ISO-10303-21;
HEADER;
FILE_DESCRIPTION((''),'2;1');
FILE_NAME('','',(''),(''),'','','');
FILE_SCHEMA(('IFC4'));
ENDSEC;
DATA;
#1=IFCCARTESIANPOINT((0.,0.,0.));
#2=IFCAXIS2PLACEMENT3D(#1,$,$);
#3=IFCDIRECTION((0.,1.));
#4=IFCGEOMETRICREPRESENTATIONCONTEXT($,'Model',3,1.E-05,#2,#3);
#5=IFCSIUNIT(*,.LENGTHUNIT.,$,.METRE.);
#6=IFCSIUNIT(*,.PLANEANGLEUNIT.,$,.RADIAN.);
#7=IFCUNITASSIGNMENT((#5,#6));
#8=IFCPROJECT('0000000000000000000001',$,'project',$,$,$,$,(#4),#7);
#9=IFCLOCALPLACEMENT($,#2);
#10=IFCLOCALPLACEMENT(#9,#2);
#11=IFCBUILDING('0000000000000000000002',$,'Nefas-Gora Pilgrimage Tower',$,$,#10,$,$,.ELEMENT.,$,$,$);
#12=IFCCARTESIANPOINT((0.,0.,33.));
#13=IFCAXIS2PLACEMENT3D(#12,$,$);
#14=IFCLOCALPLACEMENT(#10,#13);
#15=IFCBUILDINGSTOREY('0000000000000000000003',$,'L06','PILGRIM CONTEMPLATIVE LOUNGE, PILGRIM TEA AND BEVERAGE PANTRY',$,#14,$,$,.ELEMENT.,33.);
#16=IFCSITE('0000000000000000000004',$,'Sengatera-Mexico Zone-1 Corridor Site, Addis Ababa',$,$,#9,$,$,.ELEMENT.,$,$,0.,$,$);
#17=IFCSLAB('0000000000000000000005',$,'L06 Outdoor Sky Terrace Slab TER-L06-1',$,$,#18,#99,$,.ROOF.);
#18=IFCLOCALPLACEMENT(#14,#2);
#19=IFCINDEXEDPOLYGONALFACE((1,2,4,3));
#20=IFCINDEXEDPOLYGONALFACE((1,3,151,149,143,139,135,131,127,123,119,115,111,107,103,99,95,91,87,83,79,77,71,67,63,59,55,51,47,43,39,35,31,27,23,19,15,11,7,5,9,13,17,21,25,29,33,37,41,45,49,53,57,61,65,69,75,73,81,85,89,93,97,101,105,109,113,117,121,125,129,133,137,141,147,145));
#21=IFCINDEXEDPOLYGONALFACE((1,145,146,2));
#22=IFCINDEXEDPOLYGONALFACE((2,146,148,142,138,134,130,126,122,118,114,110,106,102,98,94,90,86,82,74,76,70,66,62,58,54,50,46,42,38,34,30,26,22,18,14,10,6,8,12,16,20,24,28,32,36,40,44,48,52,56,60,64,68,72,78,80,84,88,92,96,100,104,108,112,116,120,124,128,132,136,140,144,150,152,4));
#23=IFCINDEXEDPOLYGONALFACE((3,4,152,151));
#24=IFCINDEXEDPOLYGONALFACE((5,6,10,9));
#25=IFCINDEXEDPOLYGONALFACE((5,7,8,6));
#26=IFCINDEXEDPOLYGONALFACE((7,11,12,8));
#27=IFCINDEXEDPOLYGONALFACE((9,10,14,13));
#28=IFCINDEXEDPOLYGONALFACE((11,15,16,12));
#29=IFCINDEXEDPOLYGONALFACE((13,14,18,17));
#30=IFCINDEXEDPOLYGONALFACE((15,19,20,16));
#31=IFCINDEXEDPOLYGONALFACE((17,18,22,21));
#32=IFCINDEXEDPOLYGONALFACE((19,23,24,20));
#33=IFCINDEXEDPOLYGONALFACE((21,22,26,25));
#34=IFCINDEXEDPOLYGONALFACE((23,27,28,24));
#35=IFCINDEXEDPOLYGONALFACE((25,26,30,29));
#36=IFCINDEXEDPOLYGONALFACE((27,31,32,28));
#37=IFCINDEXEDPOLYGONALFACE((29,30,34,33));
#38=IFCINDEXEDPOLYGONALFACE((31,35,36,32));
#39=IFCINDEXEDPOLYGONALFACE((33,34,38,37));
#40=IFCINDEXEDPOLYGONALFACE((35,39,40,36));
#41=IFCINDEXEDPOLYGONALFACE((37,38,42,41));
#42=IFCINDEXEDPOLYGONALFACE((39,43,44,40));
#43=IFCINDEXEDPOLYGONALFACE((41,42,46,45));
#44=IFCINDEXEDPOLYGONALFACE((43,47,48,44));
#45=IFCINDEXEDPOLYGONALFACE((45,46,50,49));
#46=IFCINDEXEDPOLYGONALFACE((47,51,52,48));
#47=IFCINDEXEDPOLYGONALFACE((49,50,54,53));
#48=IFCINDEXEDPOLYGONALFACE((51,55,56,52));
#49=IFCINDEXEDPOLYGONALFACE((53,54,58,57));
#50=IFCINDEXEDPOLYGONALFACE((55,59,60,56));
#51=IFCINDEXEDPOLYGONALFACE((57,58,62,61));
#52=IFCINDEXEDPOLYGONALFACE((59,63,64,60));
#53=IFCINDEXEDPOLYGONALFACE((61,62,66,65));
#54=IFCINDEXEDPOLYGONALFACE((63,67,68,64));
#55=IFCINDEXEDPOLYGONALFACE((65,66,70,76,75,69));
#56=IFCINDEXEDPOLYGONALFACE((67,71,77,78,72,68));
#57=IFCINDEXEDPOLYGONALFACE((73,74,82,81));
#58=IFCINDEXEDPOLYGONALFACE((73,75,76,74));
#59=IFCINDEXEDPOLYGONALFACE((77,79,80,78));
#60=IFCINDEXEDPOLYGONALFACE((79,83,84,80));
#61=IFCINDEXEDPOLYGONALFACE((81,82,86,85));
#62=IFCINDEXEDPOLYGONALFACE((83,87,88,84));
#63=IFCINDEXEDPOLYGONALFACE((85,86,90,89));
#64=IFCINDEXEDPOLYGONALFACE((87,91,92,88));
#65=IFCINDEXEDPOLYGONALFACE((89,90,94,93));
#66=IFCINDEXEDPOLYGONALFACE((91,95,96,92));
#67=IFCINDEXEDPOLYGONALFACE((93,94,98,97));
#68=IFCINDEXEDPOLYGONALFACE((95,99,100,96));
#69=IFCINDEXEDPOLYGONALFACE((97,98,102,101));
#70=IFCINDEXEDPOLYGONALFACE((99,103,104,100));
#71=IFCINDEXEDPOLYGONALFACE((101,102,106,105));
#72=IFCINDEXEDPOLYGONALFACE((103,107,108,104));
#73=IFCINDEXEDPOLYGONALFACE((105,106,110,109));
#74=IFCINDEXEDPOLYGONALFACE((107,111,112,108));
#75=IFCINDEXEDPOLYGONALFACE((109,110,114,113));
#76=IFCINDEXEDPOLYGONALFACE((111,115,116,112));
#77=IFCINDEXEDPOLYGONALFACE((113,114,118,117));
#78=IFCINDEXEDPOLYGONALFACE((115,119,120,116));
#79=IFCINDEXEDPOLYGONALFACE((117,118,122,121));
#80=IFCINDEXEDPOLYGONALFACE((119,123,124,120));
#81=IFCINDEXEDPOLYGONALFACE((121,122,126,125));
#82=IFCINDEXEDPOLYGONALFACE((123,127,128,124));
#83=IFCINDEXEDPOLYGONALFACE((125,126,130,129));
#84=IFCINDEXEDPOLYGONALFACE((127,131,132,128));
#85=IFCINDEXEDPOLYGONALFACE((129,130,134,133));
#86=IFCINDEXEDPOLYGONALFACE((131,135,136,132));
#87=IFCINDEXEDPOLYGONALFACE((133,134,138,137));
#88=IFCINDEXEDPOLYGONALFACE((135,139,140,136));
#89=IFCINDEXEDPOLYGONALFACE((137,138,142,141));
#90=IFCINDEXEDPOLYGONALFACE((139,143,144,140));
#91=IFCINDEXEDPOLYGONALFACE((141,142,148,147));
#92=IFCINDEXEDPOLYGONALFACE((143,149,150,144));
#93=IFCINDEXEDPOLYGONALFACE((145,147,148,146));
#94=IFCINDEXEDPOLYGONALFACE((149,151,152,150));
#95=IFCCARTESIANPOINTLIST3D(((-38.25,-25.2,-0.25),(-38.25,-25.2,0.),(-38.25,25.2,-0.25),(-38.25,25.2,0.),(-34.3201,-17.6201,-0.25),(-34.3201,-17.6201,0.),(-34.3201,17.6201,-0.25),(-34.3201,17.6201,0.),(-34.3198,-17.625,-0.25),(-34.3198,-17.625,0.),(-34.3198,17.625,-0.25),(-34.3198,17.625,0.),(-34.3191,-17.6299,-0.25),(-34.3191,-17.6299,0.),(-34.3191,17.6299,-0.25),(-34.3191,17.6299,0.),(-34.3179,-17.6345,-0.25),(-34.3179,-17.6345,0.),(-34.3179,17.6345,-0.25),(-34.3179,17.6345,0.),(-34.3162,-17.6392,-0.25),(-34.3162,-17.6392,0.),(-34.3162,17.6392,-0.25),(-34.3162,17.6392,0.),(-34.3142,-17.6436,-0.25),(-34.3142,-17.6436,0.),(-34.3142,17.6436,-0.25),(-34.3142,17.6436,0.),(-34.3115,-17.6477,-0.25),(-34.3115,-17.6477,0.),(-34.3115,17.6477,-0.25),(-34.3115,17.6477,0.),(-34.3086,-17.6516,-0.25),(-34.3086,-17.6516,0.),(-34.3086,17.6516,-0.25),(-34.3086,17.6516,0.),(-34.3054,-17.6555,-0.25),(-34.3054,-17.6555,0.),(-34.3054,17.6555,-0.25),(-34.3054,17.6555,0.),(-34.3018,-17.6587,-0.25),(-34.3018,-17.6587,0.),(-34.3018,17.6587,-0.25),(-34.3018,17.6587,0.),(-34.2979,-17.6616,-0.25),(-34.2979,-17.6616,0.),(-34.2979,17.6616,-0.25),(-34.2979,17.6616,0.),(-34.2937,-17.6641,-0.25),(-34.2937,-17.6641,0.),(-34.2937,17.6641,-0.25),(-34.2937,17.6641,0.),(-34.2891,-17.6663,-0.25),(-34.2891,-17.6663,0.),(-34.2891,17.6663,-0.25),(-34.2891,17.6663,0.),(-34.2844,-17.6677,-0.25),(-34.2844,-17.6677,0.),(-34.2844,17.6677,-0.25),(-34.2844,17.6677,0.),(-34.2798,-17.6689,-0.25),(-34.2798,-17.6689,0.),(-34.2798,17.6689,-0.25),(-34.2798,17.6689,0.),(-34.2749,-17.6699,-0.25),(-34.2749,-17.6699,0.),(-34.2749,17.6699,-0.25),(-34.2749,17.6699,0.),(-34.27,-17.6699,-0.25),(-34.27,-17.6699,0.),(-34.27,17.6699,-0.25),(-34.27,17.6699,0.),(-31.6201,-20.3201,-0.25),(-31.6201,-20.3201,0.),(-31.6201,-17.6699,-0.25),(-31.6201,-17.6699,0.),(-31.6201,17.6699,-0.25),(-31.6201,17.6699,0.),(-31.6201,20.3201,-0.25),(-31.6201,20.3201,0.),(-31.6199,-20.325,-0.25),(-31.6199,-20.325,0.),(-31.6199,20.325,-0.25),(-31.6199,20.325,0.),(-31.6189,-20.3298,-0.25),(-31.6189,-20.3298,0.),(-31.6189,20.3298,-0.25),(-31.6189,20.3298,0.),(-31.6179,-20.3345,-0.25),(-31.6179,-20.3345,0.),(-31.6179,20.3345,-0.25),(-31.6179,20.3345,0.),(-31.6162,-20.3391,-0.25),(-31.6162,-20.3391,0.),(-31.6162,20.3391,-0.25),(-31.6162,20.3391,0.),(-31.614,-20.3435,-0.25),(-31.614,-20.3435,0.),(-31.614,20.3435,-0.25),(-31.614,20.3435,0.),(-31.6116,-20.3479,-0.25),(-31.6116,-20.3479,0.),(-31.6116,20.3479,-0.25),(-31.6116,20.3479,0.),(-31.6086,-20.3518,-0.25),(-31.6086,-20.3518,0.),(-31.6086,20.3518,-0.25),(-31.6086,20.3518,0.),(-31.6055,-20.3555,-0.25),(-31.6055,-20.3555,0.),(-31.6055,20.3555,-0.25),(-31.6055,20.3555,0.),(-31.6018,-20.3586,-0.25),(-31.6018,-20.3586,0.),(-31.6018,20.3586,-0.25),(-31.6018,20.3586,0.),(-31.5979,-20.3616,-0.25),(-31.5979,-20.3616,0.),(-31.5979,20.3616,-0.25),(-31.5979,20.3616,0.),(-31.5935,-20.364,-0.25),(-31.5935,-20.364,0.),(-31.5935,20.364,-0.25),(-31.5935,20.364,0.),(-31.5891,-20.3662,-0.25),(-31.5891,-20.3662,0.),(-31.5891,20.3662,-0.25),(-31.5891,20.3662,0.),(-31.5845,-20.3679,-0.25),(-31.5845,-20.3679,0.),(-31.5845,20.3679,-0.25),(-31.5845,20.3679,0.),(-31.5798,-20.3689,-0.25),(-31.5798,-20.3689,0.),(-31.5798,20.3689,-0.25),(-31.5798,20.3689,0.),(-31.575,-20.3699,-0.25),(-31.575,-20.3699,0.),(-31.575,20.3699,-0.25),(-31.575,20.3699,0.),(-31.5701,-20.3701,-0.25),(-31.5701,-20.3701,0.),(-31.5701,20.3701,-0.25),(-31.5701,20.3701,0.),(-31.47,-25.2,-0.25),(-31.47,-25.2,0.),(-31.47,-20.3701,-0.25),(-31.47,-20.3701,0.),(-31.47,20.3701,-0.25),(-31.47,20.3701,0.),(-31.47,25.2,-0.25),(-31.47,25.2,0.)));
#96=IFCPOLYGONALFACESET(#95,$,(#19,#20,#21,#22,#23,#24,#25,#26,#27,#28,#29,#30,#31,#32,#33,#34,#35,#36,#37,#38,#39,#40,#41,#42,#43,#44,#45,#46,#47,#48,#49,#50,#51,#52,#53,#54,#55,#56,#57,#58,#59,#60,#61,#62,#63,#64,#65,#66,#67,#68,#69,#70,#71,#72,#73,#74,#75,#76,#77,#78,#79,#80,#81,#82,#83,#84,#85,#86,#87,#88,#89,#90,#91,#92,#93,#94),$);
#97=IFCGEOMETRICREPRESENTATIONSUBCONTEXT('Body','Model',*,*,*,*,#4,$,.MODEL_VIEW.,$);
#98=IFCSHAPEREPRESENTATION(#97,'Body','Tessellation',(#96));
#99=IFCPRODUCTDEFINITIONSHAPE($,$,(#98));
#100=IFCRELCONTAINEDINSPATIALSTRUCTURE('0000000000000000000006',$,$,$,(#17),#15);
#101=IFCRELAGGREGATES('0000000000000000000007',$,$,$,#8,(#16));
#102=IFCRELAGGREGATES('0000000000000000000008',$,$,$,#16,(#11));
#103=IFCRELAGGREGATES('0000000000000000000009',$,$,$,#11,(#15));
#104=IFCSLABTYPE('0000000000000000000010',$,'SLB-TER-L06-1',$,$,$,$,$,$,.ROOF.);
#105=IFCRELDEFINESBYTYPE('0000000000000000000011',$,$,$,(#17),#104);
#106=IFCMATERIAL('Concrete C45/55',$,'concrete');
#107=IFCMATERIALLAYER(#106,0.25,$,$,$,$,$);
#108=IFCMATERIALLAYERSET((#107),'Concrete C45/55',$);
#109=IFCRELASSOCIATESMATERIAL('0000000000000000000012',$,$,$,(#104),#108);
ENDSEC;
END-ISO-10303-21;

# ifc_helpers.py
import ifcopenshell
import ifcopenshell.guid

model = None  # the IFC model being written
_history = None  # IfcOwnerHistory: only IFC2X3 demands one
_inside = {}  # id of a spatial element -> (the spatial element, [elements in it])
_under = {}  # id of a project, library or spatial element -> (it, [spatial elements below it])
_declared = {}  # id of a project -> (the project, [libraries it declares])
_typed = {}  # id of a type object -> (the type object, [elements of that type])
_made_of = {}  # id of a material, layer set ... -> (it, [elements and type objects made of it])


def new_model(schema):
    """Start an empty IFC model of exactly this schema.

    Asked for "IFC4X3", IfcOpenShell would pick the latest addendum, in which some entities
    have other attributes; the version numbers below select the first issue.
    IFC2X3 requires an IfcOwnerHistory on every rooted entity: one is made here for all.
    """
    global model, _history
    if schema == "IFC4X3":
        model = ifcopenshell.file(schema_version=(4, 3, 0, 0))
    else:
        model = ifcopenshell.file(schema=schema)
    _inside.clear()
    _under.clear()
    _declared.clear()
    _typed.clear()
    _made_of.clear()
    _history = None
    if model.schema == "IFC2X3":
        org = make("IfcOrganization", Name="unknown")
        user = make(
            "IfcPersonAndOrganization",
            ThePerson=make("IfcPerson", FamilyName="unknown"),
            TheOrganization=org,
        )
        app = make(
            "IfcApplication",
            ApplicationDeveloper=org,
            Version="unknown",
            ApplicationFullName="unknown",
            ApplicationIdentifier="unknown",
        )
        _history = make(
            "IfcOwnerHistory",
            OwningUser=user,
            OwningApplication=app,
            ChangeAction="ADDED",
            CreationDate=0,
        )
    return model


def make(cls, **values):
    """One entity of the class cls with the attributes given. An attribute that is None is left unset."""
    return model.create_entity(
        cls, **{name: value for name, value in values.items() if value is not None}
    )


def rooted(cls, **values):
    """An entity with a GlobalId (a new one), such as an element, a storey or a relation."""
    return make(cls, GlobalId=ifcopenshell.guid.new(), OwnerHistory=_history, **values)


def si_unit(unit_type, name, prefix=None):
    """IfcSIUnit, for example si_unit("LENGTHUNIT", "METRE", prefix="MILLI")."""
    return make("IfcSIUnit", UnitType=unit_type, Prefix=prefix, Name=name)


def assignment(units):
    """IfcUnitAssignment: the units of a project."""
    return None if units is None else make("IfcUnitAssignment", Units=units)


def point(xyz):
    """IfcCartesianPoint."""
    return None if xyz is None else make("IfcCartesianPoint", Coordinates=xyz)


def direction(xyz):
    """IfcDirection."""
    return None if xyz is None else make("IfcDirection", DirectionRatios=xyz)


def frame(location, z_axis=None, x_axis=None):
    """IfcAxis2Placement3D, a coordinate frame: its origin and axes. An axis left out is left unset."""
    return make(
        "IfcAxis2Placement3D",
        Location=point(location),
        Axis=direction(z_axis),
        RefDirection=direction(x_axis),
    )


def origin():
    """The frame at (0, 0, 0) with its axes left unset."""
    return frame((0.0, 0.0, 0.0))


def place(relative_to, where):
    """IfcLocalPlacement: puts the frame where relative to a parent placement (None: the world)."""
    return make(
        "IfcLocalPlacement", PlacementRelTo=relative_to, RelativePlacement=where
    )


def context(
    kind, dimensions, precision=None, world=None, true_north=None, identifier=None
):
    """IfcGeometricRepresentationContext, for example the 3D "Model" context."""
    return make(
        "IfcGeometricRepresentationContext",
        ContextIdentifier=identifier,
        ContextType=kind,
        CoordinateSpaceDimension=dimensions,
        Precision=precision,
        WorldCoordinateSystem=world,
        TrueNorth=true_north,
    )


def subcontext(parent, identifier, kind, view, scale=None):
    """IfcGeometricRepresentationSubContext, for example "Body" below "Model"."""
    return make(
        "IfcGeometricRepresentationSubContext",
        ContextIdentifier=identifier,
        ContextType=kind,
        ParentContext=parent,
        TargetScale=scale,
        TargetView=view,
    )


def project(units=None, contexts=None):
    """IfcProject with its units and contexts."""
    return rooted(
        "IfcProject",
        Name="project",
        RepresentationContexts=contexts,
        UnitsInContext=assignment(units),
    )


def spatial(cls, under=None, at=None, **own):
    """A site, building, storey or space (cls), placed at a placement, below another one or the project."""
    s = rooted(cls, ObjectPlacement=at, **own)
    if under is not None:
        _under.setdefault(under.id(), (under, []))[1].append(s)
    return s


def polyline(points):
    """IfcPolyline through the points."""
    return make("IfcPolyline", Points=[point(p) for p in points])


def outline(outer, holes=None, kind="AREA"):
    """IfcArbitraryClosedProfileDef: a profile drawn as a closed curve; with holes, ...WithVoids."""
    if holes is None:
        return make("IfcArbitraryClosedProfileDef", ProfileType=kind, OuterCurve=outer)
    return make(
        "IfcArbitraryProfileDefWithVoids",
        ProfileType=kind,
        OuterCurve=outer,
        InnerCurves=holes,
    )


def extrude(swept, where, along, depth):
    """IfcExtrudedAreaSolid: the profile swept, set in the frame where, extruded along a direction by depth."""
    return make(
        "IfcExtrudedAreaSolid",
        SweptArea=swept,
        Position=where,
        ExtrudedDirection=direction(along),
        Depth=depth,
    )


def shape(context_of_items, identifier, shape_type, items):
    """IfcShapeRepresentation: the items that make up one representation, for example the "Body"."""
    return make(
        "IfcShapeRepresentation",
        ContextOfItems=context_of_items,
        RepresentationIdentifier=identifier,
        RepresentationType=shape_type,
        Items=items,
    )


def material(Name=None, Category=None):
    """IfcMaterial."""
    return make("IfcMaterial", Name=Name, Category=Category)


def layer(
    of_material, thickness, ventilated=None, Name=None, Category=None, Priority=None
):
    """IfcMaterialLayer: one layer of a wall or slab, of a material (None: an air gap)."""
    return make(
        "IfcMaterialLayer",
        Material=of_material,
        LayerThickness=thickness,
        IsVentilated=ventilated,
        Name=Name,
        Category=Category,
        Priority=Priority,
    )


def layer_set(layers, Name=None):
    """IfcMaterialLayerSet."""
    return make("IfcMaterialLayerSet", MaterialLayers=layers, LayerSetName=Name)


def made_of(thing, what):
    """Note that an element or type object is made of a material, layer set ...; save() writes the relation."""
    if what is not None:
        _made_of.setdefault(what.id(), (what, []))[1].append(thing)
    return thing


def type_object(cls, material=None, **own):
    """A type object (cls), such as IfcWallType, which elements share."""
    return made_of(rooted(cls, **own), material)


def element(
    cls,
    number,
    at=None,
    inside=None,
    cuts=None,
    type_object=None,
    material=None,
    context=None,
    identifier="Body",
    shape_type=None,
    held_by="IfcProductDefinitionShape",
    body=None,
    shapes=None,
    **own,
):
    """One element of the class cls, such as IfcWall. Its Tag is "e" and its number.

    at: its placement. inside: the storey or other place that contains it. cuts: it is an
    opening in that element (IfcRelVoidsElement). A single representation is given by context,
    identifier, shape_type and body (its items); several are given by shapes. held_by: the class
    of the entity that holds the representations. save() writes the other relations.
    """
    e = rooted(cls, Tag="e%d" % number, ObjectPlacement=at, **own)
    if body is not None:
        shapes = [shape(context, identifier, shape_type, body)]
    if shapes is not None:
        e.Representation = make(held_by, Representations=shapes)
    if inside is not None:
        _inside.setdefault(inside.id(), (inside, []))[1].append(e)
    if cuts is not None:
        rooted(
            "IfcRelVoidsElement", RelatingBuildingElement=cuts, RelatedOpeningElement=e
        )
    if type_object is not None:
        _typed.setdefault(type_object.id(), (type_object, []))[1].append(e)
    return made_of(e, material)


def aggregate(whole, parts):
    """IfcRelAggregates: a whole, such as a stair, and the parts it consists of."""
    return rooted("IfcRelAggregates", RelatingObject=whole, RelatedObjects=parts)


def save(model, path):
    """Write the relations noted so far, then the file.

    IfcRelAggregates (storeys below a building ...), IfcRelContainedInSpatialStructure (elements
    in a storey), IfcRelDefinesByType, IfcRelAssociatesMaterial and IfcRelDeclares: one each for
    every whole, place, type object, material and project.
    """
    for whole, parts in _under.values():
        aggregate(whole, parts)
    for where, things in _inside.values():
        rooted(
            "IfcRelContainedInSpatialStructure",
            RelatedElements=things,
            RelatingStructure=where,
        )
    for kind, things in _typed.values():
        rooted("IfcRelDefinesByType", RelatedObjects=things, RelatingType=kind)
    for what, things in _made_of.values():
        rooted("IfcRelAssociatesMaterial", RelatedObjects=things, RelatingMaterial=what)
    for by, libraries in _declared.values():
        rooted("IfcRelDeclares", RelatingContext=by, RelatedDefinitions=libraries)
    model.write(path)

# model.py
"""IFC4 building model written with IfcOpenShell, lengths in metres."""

from ifc_helpers import new_model, si_unit, direction, frame, origin, place, context, subcontext, project, spatial, polyline, outline, extrude, material, layer, layer_set, type_object, element, save


model = new_model("IFC4")

# Units and contexts
model_context = context("Model", 3, precision=1e-05, world=origin(), true_north=direction((0.0, 1.0)))
body_context = subcontext(model_context, "Body", "Model", "MODEL_VIEW")
ifc_project = project(units=[si_unit("LENGTHUNIT", "METRE"), si_unit("PLANEANGLEUNIT", "RADIAN")], contexts=[model_context])

# Site, building, storey
site_placement = place(None, origin())
site = spatial("IfcSite", under=ifc_project, at=site_placement, Name="Sengatera-Mexico Zone-1 Corridor Site, Addis Ababa", CompositionType="ELEMENT", RefElevation=0.0)
building_placement = place(site_placement, origin())
building = spatial("IfcBuilding", under=site, at=building_placement, Name="Nefas-Gora Pilgrimage Tower", CompositionType="ELEMENT")
storey_placement = place(building_placement, frame((0.0, 0.0, 33.0)))
storey = spatial("IfcBuildingStorey", under=building, at=storey_placement, Name="L06", Description="PILGRIM CONTEMPLATIVE LOUNGE, PILGRIM TEA AND BEVERAGE PANTRY", CompositionType="ELEMENT", Elevation=33.0)

# Slab
ifc_material_1 = material(Name="Concrete C45/55", Category="concrete")
ifc_layer_1 = layer(ifc_material_1, 0.25)
ifc_layer_set_1 = layer_set([ifc_layer_1], Name="Concrete C45/55")
slab_type_1 = type_object("IfcSlabType", Name="SLB-TER-L06-1", PredefinedType="ROOF", material=ifc_layer_set_1)
slab_1_placement = place(storey_placement, frame((0.0, 0.0, -0.25)))
element("IfcSlab", 1, at=slab_1_placement, inside=storey, type_object=slab_type_1, Name="L06 Outdoor Sky Terrace Slab TER-L06-1", PredefinedType="ROOF", context=body_context, shape_type="SweptSolid", body=[
    extrude(outline(polyline([(-38.25, -25.2), (-31.47, -25.2), (-31.47, -20.3701), (-31.5701, -20.3701), (-31.575, -20.3699), (-31.5798, -20.3689), (-31.5845, -20.3679), (-31.5891, -20.3662), (-31.5935, -20.364), (-31.5979, -20.3616), (-31.6018, -20.3586), (-31.6055, -20.3555), (-31.6086, -20.3518), (-31.6116, -20.3479), (-31.614, -20.3435), (-31.6162, -20.3391), (-31.6179, -20.3345), (-31.6189, -20.3298), (-31.6199, -20.325), (-31.6201, -20.3201), (-31.6201, -17.6699), (-34.27, -17.6699), (-34.2749, -17.6699), (-34.2798, -17.6689), (-34.2844, -17.6677), (-34.2891, -17.6663), (-34.2937, -17.6641), (-34.2979, -17.6616), (-34.3018, -17.6587), (-34.3054, -17.6555), (-34.3086, -17.6516), (-34.3115, -17.6477), (-34.3142, -17.6436), (-34.3162, -17.6392), (-34.3179, -17.6345), (-34.3191, -17.6299), (-34.3198, -17.625), (-34.3201, -17.6201), (-34.3201, 17.6201), (-34.3198, 17.625), (-34.3191, 17.6299), (-34.3179, 17.6345), (-34.3162, 17.6392), (-34.3142, 17.6436), (-34.3115, 17.6477), (-34.3086, 17.6516), (-34.3054, 17.6555), (-34.3018, 17.6587), (-34.2979, 17.6616), (-34.2937, 17.6641), (-34.2891, 17.6663), (-34.2844, 17.6677), (-34.2798, 17.6689), (-34.2749, 17.6699), (-34.27, 17.6699), (-31.6201, 17.6699), (-31.6201, 20.3201), (-31.6199, 20.325), (-31.6189, 20.3298), (-31.6179, 20.3345), (-31.6162, 20.3391), (-31.614, 20.3435), (-31.6116, 20.3479), (-31.6086, 20.3518), (-31.6055, 20.3555), (-31.6018, 20.3586), (-31.5979, 20.3616), (-31.5935, 20.364), (-31.5891, 20.3662), (-31.5845, 20.3679), (-31.5798, 20.3689), (-31.575, 20.3699), (-31.5701, 20.3701), (-31.47, 20.3701), (-31.47, 25.2), (-38.25, 25.2), (-38.25, -25.2)])), origin(), (0.0, 0.0, 1.0), 0.25),
])

save(model, "model.ifc")
